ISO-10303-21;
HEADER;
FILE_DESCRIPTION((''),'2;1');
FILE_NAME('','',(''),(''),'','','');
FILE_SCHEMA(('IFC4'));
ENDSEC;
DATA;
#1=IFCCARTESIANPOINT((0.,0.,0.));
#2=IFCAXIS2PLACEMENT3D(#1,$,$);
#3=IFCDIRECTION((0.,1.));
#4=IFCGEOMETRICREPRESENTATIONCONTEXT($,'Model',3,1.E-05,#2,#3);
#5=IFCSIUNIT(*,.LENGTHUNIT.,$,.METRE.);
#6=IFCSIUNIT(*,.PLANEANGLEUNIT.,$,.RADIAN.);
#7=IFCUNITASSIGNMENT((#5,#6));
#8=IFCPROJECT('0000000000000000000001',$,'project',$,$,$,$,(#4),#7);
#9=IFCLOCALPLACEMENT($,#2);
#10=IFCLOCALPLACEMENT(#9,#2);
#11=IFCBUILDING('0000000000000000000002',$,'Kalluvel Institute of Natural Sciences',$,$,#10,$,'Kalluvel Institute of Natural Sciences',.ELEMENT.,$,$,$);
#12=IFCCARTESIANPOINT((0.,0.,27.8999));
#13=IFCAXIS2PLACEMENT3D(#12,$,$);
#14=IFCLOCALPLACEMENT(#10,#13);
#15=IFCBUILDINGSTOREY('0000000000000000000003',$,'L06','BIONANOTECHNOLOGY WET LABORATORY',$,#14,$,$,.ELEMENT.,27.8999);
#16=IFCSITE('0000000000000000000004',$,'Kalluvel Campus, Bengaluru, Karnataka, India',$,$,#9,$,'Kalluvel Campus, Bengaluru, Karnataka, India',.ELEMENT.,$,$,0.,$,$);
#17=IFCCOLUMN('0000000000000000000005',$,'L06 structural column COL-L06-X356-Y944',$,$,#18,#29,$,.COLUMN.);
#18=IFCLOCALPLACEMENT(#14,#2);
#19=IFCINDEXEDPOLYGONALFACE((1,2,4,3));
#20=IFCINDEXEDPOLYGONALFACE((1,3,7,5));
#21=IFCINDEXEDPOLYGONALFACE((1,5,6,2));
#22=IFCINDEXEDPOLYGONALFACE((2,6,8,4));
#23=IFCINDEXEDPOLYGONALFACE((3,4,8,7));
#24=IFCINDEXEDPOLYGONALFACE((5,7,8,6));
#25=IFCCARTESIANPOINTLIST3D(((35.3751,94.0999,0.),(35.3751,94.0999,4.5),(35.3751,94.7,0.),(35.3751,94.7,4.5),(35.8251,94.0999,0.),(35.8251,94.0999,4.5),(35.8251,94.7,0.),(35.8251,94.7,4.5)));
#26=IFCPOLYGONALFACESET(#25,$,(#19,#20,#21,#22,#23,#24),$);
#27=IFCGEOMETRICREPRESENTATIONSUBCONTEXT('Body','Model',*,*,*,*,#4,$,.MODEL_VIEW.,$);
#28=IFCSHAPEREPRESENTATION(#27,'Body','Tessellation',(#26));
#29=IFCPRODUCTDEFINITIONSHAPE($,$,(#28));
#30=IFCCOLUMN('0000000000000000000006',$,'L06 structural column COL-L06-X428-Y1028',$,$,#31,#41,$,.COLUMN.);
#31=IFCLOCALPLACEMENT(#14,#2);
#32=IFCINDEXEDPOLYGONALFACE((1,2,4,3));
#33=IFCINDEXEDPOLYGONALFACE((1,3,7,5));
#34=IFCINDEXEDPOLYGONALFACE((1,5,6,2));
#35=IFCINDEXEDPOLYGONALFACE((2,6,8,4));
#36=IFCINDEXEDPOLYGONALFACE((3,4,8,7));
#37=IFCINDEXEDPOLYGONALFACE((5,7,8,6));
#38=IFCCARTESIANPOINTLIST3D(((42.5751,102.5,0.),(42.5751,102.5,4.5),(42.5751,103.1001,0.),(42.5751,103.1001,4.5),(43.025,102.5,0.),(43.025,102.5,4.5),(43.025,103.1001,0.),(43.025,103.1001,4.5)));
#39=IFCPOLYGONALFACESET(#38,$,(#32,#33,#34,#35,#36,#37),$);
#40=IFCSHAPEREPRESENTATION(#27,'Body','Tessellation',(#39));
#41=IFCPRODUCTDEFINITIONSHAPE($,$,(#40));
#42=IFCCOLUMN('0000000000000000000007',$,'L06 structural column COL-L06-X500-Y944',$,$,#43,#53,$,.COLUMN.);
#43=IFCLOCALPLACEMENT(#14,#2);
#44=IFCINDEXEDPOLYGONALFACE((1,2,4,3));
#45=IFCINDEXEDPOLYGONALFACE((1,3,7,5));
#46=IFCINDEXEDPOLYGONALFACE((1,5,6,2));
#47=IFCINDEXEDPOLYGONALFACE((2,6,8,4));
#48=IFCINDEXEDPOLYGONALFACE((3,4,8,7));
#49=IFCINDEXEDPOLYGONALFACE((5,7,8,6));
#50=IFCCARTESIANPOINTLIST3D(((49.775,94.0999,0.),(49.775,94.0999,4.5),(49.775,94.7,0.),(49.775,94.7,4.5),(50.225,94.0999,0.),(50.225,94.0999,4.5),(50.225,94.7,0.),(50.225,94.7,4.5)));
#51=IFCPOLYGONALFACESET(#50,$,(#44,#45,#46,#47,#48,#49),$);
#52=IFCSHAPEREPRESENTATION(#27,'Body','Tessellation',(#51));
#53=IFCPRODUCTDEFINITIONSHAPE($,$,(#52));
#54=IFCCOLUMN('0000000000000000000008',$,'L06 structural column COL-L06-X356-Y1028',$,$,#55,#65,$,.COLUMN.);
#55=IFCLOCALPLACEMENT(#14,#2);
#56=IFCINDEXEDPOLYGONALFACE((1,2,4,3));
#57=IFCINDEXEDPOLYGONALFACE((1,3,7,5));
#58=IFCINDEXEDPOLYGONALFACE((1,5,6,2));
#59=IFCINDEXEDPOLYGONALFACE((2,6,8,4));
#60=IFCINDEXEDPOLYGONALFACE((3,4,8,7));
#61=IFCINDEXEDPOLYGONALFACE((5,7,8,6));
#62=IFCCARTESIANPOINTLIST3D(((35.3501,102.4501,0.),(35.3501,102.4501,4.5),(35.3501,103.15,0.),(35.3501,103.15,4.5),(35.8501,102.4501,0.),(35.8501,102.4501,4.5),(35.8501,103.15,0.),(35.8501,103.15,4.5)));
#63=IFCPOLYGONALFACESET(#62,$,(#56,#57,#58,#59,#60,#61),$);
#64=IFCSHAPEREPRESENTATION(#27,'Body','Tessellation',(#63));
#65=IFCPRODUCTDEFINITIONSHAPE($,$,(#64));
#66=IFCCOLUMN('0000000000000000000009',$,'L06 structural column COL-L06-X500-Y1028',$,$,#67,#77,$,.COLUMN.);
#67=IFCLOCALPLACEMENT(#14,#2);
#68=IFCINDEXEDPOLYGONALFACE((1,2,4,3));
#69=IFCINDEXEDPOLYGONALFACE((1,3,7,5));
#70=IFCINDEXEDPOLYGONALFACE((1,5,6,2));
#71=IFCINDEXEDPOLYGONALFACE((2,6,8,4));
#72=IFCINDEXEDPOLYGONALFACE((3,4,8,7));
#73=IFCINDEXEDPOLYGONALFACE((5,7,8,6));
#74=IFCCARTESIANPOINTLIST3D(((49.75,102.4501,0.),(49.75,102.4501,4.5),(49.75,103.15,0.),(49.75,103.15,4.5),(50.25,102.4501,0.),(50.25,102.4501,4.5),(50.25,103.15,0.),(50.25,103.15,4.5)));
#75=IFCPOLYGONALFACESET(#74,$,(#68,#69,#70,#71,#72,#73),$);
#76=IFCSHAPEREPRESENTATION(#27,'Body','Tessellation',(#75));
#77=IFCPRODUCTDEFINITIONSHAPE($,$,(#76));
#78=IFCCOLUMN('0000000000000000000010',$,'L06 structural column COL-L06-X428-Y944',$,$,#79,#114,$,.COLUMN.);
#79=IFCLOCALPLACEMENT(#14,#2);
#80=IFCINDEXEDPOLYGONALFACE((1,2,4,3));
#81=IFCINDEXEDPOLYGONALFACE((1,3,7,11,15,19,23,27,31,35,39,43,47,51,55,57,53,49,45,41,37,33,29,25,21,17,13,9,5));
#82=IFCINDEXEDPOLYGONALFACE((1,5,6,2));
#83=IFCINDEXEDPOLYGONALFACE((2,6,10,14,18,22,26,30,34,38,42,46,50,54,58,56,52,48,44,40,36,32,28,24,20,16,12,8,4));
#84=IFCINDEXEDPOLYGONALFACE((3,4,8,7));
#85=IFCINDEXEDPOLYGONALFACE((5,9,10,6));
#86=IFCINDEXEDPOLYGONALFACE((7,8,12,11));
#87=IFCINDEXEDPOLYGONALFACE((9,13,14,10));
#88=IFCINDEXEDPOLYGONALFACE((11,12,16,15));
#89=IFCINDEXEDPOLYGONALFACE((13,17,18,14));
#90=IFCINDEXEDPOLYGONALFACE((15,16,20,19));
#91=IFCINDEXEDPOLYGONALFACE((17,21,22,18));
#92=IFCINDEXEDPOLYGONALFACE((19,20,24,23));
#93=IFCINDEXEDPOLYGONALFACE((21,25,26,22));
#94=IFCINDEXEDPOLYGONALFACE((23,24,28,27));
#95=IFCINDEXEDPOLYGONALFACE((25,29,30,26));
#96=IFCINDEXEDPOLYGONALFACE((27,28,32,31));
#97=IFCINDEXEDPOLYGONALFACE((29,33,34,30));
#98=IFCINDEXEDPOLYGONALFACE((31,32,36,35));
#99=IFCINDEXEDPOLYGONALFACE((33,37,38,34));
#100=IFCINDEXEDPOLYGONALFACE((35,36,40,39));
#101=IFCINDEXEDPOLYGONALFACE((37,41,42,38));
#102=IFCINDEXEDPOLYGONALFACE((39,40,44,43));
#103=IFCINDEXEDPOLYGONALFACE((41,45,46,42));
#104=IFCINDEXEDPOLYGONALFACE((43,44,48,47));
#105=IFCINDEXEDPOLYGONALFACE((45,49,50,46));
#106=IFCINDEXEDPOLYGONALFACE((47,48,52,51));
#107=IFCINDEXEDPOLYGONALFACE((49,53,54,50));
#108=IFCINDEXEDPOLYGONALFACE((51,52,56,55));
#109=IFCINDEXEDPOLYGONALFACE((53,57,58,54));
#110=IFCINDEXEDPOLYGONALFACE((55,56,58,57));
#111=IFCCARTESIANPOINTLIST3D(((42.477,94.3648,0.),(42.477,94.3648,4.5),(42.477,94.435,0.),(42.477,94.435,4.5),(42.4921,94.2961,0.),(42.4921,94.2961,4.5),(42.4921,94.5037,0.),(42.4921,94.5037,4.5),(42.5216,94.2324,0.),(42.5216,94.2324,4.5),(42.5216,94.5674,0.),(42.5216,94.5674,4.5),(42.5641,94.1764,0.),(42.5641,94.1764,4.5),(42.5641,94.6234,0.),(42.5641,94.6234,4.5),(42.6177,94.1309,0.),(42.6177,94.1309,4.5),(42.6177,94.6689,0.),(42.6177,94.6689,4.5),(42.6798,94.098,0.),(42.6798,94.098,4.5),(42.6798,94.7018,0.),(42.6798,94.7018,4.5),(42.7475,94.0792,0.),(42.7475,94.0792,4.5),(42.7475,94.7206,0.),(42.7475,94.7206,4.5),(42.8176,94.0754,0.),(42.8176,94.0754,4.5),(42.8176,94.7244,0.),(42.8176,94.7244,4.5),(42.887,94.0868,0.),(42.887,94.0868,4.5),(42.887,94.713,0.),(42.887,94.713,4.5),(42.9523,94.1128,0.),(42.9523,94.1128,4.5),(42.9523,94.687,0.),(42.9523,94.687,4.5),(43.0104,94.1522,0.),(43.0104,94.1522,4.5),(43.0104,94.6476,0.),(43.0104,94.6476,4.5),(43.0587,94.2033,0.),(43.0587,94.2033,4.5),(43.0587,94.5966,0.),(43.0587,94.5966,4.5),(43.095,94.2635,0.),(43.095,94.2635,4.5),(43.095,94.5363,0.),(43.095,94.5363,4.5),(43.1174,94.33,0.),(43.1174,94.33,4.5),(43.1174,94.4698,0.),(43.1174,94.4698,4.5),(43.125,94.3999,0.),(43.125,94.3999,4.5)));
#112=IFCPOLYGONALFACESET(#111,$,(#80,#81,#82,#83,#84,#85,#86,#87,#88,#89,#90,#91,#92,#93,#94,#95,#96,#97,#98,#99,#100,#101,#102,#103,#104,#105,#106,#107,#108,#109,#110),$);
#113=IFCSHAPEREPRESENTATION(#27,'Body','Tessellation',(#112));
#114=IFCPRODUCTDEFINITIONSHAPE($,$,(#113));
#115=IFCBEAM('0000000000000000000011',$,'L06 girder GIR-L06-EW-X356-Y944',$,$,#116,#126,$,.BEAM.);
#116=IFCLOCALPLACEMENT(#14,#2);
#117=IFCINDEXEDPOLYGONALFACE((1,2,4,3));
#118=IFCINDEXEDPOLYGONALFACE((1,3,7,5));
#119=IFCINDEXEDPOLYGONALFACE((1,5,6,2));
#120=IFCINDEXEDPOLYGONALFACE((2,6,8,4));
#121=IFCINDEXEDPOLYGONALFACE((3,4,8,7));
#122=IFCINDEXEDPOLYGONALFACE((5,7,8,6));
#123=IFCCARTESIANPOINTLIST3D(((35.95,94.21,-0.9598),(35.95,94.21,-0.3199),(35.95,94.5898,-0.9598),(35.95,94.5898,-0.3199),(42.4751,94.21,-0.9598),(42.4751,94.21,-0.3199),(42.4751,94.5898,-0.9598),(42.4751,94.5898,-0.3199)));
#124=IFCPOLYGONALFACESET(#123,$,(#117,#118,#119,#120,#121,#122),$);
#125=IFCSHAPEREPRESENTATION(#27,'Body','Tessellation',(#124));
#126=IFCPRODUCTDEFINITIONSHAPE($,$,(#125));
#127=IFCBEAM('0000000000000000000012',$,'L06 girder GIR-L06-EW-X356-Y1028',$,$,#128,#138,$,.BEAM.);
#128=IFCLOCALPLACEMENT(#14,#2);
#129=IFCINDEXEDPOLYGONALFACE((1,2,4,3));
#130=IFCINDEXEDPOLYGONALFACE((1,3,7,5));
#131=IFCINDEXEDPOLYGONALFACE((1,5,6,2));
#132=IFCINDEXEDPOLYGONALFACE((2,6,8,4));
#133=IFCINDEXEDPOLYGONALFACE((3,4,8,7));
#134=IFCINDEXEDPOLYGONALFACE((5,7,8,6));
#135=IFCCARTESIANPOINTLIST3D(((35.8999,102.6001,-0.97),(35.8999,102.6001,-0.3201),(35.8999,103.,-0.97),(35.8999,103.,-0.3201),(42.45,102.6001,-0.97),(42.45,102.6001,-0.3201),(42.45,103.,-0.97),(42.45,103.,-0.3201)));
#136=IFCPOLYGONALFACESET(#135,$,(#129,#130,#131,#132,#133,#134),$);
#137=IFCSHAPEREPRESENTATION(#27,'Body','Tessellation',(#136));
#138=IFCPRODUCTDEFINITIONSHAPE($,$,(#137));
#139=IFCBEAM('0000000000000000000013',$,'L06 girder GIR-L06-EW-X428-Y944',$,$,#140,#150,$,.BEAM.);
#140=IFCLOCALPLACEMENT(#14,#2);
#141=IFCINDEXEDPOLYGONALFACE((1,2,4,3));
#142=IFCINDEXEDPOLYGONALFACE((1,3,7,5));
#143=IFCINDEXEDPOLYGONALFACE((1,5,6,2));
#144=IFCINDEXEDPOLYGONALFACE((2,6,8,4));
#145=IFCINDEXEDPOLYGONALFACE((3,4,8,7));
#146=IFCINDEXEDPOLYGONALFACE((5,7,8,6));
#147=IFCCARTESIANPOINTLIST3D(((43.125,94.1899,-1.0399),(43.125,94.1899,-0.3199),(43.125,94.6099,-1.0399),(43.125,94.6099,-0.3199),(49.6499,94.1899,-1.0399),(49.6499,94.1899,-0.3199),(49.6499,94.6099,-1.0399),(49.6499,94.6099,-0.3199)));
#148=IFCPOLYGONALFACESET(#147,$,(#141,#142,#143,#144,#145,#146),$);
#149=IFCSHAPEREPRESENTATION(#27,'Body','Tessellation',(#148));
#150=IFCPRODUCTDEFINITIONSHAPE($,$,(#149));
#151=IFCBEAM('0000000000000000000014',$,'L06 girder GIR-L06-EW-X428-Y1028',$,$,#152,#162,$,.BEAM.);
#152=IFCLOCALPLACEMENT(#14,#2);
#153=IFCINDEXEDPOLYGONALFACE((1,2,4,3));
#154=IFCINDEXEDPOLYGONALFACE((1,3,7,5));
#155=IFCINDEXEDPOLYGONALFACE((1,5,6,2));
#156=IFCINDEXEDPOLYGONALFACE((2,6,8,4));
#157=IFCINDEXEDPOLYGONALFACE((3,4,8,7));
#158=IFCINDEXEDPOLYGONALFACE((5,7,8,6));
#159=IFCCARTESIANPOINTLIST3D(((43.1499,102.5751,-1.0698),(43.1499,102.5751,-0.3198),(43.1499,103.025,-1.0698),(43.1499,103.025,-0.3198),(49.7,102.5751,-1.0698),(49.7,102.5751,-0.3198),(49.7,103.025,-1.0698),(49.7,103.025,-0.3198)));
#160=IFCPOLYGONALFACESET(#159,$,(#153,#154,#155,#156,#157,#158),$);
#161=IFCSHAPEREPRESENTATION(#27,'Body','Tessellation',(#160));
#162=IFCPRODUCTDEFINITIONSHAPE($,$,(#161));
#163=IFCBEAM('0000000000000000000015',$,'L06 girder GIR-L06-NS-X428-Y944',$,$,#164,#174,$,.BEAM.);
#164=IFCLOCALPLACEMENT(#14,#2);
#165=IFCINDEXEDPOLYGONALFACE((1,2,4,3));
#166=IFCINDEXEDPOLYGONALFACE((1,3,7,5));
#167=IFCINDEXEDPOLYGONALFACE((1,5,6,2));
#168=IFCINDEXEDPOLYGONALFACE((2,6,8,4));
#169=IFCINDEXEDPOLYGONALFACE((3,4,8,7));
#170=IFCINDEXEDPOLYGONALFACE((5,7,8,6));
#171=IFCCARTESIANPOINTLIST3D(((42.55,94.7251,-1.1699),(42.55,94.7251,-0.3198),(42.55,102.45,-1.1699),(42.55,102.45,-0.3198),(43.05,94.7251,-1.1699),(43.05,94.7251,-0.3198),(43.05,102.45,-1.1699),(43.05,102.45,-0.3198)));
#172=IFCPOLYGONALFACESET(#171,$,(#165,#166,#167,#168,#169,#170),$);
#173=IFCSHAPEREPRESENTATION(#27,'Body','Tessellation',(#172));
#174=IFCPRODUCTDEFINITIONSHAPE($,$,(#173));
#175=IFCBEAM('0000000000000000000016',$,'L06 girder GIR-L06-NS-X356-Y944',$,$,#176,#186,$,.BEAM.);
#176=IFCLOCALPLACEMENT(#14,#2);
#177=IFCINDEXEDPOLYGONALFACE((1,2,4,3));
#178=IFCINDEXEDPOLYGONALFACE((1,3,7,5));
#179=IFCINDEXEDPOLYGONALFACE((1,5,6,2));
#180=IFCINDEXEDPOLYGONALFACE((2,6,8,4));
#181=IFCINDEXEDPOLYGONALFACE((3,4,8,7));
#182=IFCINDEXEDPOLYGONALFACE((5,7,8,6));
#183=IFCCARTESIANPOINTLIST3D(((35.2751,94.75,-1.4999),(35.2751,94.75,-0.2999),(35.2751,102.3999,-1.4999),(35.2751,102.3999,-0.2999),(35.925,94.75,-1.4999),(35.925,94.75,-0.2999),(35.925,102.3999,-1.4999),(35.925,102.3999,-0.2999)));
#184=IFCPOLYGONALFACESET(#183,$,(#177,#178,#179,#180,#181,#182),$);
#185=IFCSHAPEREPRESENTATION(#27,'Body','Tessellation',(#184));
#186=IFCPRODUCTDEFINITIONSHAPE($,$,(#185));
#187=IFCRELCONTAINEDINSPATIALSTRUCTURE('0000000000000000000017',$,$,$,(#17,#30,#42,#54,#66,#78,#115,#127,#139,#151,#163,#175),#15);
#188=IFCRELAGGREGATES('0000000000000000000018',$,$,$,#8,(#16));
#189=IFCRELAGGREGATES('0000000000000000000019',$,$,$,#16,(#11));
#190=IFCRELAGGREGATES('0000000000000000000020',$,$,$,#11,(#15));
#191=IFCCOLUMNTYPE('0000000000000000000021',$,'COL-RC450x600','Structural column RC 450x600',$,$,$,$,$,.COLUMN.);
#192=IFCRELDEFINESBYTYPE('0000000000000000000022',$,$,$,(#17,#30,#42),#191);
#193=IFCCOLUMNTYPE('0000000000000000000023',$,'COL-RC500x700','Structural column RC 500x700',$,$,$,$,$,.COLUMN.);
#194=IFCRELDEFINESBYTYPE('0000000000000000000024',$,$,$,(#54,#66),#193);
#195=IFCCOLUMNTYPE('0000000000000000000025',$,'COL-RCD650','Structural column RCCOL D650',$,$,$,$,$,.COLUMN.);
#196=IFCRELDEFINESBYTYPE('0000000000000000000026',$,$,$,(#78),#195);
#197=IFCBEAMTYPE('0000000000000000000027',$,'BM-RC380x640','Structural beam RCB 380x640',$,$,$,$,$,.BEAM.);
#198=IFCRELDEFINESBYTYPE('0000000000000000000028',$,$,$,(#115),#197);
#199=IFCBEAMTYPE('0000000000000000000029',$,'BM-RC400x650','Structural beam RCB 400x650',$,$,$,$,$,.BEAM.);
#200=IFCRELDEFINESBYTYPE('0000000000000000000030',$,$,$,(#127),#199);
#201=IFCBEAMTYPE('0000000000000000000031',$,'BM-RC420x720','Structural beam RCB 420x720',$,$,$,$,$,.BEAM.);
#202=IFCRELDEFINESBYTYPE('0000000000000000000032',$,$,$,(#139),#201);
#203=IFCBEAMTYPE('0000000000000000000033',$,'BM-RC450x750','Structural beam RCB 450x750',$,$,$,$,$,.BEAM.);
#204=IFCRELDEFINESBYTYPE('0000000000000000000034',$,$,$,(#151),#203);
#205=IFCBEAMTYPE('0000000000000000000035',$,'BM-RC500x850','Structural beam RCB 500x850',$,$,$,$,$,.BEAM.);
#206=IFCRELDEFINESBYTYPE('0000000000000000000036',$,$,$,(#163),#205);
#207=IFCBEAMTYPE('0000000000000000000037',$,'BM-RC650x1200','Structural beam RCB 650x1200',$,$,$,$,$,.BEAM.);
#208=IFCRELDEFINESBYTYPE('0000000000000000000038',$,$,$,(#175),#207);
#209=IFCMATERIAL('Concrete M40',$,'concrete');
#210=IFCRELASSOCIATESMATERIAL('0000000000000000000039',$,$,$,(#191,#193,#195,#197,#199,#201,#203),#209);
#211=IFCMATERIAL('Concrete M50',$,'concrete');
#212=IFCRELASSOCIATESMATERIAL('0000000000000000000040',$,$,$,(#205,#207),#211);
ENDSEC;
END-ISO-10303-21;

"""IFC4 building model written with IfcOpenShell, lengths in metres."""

from ifc_helpers import new_model, si_unit, direction, frame, origin, origin_2d, place, context, subcontext, project, spatial, rectangle, circle, extrude, material, material_profile, profile_set, type_object, element, save


model = new_model("IFC4")

# Units and contexts
model_context = context("Model", 3, precision=1e-05, world=origin(), true_north=direction((0.0, 1.0)))
body_context = subcontext(model_context, "Body", "Model", "MODEL_VIEW")
ifc_project = project(units=[si_unit("LENGTHUNIT", "METRE"), si_unit("PLANEANGLEUNIT", "RADIAN")], contexts=[model_context])

# Site, building, storey
site_placement = place(None, origin())
site = spatial("IfcSite", under=ifc_project, at=site_placement, Name="Kalluvel Campus, Bengaluru, Karnataka, India", LongName="Kalluvel Campus, Bengaluru, Karnataka, India", CompositionType="ELEMENT", RefElevation=0.0)
building_placement = place(site_placement, origin())
building = spatial("IfcBuilding", under=site, at=building_placement, Name="Kalluvel Institute of Natural Sciences", LongName="Kalluvel Institute of Natural Sciences", CompositionType="ELEMENT")
storey_placement = place(building_placement, frame((0.0, 0.0, 27.8999)))
storey = spatial("IfcBuildingStorey", under=building, at=storey_placement, Name="L06", Description="BIONANOTECHNOLOGY WET LABORATORY", CompositionType="ELEMENT", Elevation=27.8999)

# Columns
ifc_material_1 = material(Name="Concrete M40", Category="concrete")
ifc_material_profile_1 = material_profile(ifc_material_1, rectangle(XDim=0.45, YDim=0.6001, at=origin_2d()), Name="RC 450x600")
ifc_profile_set_1 = profile_set([ifc_material_profile_1], Name="Concrete M40")
column_type_1 = type_object("IfcColumnType", Name="COL-RC450x600", Description="Structural column RC 450x600", PredefinedType="COLUMN", material=ifc_profile_set_1)
for number, where, z_axis, x_axis, name in (
    (1, (35.6001, 94.3999, 0.0), (0.0, 0.0, 1.0), (1.0, 0.0, 0.0), "L06 structural column COL-L06-X356-Y944"),
    (2, (42.8, 102.8, 0.0), (0.0, 0.0, 1.0), (1.0, 0.0, 0.0), "L06 structural column COL-L06-X428-Y1028"),
    (3, (50.0, 94.3999, 0.0), (0.0, 0.0, 1.0), (1.0, 0.0, 0.0), "L06 structural column COL-L06-X500-Y944"),
):
    element("IfcColumn", number, at=place(storey_placement, frame(where, z_axis=z_axis, x_axis=x_axis)), inside=storey, type_object=column_type_1, Name=name, PredefinedType="COLUMN", context=body_context, shape_type="SweptSolid", body=[
        extrude(rectangle(XDim=0.45, YDim=0.6001, at=origin_2d()), origin(), (0.0, 0.0, 1.0), 4.5),
    ])
ifc_material_profile_2 = material_profile(ifc_material_1, rectangle(XDim=0.5, YDim=0.7, at=origin_2d()), Name="RC 500x700")
ifc_profile_set_2 = profile_set([ifc_material_profile_2], Name="Concrete M40")
column_type_2 = type_object("IfcColumnType", Name="COL-RC500x700", Description="Structural column RC 500x700", PredefinedType="COLUMN", material=ifc_profile_set_2)
for number, where, z_axis, x_axis, name in (
    (4, (35.6001, 102.8, 0.0), (0.0, 0.0, 1.0), (1.0, 0.0, 0.0), "L06 structural column COL-L06-X356-Y1028"),
    (5, (50.0, 102.8, 0.0), (0.0, 0.0, 1.0), (1.0, 0.0, 0.0), "L06 structural column COL-L06-X500-Y1028"),
):
    element("IfcColumn", number, at=place(storey_placement, frame(where, z_axis=z_axis, x_axis=x_axis)), inside=storey, type_object=column_type_2, Name=name, PredefinedType="COLUMN", context=body_context, shape_type="SweptSolid", body=[
        extrude(rectangle(XDim=0.5, YDim=0.7, at=origin_2d()), origin(), (0.0, 0.0, 1.0), 4.5),
    ])
ifc_material_profile_3 = material_profile(ifc_material_1, circle(Radius=0.325, at=origin_2d()), Name="RCCOL D650")
ifc_profile_set_3 = profile_set([ifc_material_profile_3], Name="Concrete M40")
column_type_3 = type_object("IfcColumnType", Name="COL-RCD650", Description="Structural column RCCOL D650", PredefinedType="COLUMN", material=ifc_profile_set_3)
column_placement = place(storey_placement, frame((42.8, 94.3999, 0.0), z_axis=(0.0, 0.0, 1.0), x_axis=(1.0, 0.0, 0.0)))
element("IfcColumn", 6, at=column_placement, inside=storey, type_object=column_type_3, Name="L06 structural column COL-L06-X428-Y944", PredefinedType="COLUMN", context=body_context, shape_type="SweptSolid", body=[
    extrude(circle(Radius=0.325, at=origin_2d()), origin(), (0.0, 0.0, 1.0), 4.5),
])

# Beams
ifc_material_profile_4 = material_profile(ifc_material_1, rectangle(XDim=0.3799, YDim=0.6399, at=origin_2d()), Name="RCB 380x640")
ifc_profile_set_4 = profile_set([ifc_material_profile_4], Name="Concrete M40")
beam_type_1 = type_object("IfcBeamType", Name="BM-RC380x640", Description="Structural beam RCB 380x640", PredefinedType="BEAM", material=ifc_profile_set_4)
beam_1_placement = place(storey_placement, frame((35.95, 94.3999, -0.6399), z_axis=(1.0, 0.0, 0.0), x_axis=(0.0, 1.0, 0.0)))
element("IfcBeam", 7, at=beam_1_placement, inside=storey, type_object=beam_type_1, Name="L06 girder GIR-L06-EW-X356-Y944", PredefinedType="BEAM", context=body_context, shape_type="SweptSolid", body=[
    extrude(rectangle(XDim=0.3799, YDim=0.6399, at=origin_2d()), origin(), (0.0, 0.0, 1.0), 6.5251),
])
ifc_material_profile_5 = material_profile(ifc_material_1, rectangle(XDim=0.3999, YDim=0.6499, at=origin_2d()), Name="RCB 400x650")
ifc_profile_set_5 = profile_set([ifc_material_profile_5], Name="Concrete M40")
beam_type_2 = type_object("IfcBeamType", Name="BM-RC400x650", Description="Structural beam RCB 400x650", PredefinedType="BEAM", material=ifc_profile_set_5)
beam_2_placement = place(storey_placement, frame((35.8999, 102.8, -0.645), z_axis=(1.0, 0.0, 0.0), x_axis=(0.0, 1.0, 0.0)))
element("IfcBeam", 8, at=beam_2_placement, inside=storey, type_object=beam_type_2, Name="L06 girder GIR-L06-EW-X356-Y1028", PredefinedType="BEAM", context=body_context, shape_type="SweptSolid", body=[
    extrude(rectangle(XDim=0.3999, YDim=0.6499, at=origin_2d()), origin(), (0.0, 0.0, 1.0), 6.55),
])
ifc_material_profile_6 = material_profile(ifc_material_1, rectangle(XDim=0.4199, YDim=0.72, at=origin_2d()), Name="RCB 420x720")
ifc_profile_set_6 = profile_set([ifc_material_profile_6], Name="Concrete M40")
beam_type_3 = type_object("IfcBeamType", Name="BM-RC420x720", Description="Structural beam RCB 420x720", PredefinedType="BEAM", material=ifc_profile_set_6)
beam_3_placement = place(storey_placement, frame((43.125, 94.3999, -0.6799), z_axis=(1.0, 0.0, 0.0), x_axis=(0.0, 1.0, 0.0)))
element("IfcBeam", 9, at=beam_3_placement, inside=storey, type_object=beam_type_3, Name="L06 girder GIR-L06-EW-X428-Y944", PredefinedType="BEAM", context=body_context, shape_type="SweptSolid", body=[
    extrude(rectangle(XDim=0.4199, YDim=0.72, at=origin_2d()), origin(), (0.0, 0.0, 1.0), 6.5249),
])
ifc_material_profile_7 = material_profile(ifc_material_1, rectangle(XDim=0.45, YDim=0.75, at=origin_2d()), Name="RCB 450x750")
ifc_profile_set_7 = profile_set([ifc_material_profile_7], Name="Concrete M40")
beam_type_4 = type_object("IfcBeamType", Name="BM-RC450x750", Description="Structural beam RCB 450x750", PredefinedType="BEAM", material=ifc_profile_set_7)
beam_4_placement = place(storey_placement, frame((43.1499, 102.8, -0.6948), z_axis=(1.0, 0.0, 0.0), x_axis=(0.0, 1.0, 0.0)))
element("IfcBeam", 10, at=beam_4_placement, inside=storey, type_object=beam_type_4, Name="L06 girder GIR-L06-EW-X428-Y1028", PredefinedType="BEAM", context=body_context, shape_type="SweptSolid", body=[
    extrude(rectangle(XDim=0.45, YDim=0.75, at=origin_2d()), origin(), (0.0, 0.0, 1.0), 6.55),
])
ifc_material_2 = material(Name="Concrete M50", Category="concrete")
ifc_material_profile_8 = material_profile(ifc_material_2, rectangle(XDim=0.5, YDim=0.8501, at=origin_2d()), Name="RCB 500x850")
ifc_profile_set_8 = profile_set([ifc_material_profile_8], Name="Concrete M50")
beam_type_5 = type_object("IfcBeamType", Name="BM-RC500x850", Description="Structural beam RCB 500x850", PredefinedType="BEAM", material=ifc_profile_set_8)
beam_5_placement = place(storey_placement, frame((42.8, 94.7251, -0.7449), z_axis=(0.0, 1.0, 0.0), x_axis=(-1.0, 0.0, 0.0)))
element("IfcBeam", 11, at=beam_5_placement, inside=storey, type_object=beam_type_5, Name="L06 girder GIR-L06-NS-X428-Y944", PredefinedType="BEAM", context=body_context, shape_type="SweptSolid", body=[
    extrude(rectangle(XDim=0.5, YDim=0.8501, at=origin_2d()), origin(), (0.0, 0.0, 1.0), 7.7249),
])
ifc_material_profile_9 = material_profile(ifc_material_2, rectangle(XDim=0.6499, YDim=1.2, at=origin_2d()), Name="RCB 650x1200")
ifc_profile_set_9 = profile_set([ifc_material_profile_9], Name="Concrete M50")
beam_type_6 = type_object("IfcBeamType", Name="BM-RC650x1200", Description="Structural beam RCB 650x1200", PredefinedType="BEAM", material=ifc_profile_set_9)
beam_6_placement = place(storey_placement, frame((35.6001, 94.75, -0.8999), z_axis=(0.0, 1.0, 0.0), x_axis=(-1.0, 0.0, 0.0)))
element("IfcBeam", 12, at=beam_6_placement, inside=storey, type_object=beam_type_6, Name="L06 girder GIR-L06-NS-X356-Y944", PredefinedType="BEAM", context=body_context, shape_type="SweptSolid", body=[
    extrude(rectangle(XDim=0.6499, YDim=1.2, at=origin_2d()), origin(), (0.0, 0.0, 1.0), 7.6499),
])

save(model, "model.ifc")
